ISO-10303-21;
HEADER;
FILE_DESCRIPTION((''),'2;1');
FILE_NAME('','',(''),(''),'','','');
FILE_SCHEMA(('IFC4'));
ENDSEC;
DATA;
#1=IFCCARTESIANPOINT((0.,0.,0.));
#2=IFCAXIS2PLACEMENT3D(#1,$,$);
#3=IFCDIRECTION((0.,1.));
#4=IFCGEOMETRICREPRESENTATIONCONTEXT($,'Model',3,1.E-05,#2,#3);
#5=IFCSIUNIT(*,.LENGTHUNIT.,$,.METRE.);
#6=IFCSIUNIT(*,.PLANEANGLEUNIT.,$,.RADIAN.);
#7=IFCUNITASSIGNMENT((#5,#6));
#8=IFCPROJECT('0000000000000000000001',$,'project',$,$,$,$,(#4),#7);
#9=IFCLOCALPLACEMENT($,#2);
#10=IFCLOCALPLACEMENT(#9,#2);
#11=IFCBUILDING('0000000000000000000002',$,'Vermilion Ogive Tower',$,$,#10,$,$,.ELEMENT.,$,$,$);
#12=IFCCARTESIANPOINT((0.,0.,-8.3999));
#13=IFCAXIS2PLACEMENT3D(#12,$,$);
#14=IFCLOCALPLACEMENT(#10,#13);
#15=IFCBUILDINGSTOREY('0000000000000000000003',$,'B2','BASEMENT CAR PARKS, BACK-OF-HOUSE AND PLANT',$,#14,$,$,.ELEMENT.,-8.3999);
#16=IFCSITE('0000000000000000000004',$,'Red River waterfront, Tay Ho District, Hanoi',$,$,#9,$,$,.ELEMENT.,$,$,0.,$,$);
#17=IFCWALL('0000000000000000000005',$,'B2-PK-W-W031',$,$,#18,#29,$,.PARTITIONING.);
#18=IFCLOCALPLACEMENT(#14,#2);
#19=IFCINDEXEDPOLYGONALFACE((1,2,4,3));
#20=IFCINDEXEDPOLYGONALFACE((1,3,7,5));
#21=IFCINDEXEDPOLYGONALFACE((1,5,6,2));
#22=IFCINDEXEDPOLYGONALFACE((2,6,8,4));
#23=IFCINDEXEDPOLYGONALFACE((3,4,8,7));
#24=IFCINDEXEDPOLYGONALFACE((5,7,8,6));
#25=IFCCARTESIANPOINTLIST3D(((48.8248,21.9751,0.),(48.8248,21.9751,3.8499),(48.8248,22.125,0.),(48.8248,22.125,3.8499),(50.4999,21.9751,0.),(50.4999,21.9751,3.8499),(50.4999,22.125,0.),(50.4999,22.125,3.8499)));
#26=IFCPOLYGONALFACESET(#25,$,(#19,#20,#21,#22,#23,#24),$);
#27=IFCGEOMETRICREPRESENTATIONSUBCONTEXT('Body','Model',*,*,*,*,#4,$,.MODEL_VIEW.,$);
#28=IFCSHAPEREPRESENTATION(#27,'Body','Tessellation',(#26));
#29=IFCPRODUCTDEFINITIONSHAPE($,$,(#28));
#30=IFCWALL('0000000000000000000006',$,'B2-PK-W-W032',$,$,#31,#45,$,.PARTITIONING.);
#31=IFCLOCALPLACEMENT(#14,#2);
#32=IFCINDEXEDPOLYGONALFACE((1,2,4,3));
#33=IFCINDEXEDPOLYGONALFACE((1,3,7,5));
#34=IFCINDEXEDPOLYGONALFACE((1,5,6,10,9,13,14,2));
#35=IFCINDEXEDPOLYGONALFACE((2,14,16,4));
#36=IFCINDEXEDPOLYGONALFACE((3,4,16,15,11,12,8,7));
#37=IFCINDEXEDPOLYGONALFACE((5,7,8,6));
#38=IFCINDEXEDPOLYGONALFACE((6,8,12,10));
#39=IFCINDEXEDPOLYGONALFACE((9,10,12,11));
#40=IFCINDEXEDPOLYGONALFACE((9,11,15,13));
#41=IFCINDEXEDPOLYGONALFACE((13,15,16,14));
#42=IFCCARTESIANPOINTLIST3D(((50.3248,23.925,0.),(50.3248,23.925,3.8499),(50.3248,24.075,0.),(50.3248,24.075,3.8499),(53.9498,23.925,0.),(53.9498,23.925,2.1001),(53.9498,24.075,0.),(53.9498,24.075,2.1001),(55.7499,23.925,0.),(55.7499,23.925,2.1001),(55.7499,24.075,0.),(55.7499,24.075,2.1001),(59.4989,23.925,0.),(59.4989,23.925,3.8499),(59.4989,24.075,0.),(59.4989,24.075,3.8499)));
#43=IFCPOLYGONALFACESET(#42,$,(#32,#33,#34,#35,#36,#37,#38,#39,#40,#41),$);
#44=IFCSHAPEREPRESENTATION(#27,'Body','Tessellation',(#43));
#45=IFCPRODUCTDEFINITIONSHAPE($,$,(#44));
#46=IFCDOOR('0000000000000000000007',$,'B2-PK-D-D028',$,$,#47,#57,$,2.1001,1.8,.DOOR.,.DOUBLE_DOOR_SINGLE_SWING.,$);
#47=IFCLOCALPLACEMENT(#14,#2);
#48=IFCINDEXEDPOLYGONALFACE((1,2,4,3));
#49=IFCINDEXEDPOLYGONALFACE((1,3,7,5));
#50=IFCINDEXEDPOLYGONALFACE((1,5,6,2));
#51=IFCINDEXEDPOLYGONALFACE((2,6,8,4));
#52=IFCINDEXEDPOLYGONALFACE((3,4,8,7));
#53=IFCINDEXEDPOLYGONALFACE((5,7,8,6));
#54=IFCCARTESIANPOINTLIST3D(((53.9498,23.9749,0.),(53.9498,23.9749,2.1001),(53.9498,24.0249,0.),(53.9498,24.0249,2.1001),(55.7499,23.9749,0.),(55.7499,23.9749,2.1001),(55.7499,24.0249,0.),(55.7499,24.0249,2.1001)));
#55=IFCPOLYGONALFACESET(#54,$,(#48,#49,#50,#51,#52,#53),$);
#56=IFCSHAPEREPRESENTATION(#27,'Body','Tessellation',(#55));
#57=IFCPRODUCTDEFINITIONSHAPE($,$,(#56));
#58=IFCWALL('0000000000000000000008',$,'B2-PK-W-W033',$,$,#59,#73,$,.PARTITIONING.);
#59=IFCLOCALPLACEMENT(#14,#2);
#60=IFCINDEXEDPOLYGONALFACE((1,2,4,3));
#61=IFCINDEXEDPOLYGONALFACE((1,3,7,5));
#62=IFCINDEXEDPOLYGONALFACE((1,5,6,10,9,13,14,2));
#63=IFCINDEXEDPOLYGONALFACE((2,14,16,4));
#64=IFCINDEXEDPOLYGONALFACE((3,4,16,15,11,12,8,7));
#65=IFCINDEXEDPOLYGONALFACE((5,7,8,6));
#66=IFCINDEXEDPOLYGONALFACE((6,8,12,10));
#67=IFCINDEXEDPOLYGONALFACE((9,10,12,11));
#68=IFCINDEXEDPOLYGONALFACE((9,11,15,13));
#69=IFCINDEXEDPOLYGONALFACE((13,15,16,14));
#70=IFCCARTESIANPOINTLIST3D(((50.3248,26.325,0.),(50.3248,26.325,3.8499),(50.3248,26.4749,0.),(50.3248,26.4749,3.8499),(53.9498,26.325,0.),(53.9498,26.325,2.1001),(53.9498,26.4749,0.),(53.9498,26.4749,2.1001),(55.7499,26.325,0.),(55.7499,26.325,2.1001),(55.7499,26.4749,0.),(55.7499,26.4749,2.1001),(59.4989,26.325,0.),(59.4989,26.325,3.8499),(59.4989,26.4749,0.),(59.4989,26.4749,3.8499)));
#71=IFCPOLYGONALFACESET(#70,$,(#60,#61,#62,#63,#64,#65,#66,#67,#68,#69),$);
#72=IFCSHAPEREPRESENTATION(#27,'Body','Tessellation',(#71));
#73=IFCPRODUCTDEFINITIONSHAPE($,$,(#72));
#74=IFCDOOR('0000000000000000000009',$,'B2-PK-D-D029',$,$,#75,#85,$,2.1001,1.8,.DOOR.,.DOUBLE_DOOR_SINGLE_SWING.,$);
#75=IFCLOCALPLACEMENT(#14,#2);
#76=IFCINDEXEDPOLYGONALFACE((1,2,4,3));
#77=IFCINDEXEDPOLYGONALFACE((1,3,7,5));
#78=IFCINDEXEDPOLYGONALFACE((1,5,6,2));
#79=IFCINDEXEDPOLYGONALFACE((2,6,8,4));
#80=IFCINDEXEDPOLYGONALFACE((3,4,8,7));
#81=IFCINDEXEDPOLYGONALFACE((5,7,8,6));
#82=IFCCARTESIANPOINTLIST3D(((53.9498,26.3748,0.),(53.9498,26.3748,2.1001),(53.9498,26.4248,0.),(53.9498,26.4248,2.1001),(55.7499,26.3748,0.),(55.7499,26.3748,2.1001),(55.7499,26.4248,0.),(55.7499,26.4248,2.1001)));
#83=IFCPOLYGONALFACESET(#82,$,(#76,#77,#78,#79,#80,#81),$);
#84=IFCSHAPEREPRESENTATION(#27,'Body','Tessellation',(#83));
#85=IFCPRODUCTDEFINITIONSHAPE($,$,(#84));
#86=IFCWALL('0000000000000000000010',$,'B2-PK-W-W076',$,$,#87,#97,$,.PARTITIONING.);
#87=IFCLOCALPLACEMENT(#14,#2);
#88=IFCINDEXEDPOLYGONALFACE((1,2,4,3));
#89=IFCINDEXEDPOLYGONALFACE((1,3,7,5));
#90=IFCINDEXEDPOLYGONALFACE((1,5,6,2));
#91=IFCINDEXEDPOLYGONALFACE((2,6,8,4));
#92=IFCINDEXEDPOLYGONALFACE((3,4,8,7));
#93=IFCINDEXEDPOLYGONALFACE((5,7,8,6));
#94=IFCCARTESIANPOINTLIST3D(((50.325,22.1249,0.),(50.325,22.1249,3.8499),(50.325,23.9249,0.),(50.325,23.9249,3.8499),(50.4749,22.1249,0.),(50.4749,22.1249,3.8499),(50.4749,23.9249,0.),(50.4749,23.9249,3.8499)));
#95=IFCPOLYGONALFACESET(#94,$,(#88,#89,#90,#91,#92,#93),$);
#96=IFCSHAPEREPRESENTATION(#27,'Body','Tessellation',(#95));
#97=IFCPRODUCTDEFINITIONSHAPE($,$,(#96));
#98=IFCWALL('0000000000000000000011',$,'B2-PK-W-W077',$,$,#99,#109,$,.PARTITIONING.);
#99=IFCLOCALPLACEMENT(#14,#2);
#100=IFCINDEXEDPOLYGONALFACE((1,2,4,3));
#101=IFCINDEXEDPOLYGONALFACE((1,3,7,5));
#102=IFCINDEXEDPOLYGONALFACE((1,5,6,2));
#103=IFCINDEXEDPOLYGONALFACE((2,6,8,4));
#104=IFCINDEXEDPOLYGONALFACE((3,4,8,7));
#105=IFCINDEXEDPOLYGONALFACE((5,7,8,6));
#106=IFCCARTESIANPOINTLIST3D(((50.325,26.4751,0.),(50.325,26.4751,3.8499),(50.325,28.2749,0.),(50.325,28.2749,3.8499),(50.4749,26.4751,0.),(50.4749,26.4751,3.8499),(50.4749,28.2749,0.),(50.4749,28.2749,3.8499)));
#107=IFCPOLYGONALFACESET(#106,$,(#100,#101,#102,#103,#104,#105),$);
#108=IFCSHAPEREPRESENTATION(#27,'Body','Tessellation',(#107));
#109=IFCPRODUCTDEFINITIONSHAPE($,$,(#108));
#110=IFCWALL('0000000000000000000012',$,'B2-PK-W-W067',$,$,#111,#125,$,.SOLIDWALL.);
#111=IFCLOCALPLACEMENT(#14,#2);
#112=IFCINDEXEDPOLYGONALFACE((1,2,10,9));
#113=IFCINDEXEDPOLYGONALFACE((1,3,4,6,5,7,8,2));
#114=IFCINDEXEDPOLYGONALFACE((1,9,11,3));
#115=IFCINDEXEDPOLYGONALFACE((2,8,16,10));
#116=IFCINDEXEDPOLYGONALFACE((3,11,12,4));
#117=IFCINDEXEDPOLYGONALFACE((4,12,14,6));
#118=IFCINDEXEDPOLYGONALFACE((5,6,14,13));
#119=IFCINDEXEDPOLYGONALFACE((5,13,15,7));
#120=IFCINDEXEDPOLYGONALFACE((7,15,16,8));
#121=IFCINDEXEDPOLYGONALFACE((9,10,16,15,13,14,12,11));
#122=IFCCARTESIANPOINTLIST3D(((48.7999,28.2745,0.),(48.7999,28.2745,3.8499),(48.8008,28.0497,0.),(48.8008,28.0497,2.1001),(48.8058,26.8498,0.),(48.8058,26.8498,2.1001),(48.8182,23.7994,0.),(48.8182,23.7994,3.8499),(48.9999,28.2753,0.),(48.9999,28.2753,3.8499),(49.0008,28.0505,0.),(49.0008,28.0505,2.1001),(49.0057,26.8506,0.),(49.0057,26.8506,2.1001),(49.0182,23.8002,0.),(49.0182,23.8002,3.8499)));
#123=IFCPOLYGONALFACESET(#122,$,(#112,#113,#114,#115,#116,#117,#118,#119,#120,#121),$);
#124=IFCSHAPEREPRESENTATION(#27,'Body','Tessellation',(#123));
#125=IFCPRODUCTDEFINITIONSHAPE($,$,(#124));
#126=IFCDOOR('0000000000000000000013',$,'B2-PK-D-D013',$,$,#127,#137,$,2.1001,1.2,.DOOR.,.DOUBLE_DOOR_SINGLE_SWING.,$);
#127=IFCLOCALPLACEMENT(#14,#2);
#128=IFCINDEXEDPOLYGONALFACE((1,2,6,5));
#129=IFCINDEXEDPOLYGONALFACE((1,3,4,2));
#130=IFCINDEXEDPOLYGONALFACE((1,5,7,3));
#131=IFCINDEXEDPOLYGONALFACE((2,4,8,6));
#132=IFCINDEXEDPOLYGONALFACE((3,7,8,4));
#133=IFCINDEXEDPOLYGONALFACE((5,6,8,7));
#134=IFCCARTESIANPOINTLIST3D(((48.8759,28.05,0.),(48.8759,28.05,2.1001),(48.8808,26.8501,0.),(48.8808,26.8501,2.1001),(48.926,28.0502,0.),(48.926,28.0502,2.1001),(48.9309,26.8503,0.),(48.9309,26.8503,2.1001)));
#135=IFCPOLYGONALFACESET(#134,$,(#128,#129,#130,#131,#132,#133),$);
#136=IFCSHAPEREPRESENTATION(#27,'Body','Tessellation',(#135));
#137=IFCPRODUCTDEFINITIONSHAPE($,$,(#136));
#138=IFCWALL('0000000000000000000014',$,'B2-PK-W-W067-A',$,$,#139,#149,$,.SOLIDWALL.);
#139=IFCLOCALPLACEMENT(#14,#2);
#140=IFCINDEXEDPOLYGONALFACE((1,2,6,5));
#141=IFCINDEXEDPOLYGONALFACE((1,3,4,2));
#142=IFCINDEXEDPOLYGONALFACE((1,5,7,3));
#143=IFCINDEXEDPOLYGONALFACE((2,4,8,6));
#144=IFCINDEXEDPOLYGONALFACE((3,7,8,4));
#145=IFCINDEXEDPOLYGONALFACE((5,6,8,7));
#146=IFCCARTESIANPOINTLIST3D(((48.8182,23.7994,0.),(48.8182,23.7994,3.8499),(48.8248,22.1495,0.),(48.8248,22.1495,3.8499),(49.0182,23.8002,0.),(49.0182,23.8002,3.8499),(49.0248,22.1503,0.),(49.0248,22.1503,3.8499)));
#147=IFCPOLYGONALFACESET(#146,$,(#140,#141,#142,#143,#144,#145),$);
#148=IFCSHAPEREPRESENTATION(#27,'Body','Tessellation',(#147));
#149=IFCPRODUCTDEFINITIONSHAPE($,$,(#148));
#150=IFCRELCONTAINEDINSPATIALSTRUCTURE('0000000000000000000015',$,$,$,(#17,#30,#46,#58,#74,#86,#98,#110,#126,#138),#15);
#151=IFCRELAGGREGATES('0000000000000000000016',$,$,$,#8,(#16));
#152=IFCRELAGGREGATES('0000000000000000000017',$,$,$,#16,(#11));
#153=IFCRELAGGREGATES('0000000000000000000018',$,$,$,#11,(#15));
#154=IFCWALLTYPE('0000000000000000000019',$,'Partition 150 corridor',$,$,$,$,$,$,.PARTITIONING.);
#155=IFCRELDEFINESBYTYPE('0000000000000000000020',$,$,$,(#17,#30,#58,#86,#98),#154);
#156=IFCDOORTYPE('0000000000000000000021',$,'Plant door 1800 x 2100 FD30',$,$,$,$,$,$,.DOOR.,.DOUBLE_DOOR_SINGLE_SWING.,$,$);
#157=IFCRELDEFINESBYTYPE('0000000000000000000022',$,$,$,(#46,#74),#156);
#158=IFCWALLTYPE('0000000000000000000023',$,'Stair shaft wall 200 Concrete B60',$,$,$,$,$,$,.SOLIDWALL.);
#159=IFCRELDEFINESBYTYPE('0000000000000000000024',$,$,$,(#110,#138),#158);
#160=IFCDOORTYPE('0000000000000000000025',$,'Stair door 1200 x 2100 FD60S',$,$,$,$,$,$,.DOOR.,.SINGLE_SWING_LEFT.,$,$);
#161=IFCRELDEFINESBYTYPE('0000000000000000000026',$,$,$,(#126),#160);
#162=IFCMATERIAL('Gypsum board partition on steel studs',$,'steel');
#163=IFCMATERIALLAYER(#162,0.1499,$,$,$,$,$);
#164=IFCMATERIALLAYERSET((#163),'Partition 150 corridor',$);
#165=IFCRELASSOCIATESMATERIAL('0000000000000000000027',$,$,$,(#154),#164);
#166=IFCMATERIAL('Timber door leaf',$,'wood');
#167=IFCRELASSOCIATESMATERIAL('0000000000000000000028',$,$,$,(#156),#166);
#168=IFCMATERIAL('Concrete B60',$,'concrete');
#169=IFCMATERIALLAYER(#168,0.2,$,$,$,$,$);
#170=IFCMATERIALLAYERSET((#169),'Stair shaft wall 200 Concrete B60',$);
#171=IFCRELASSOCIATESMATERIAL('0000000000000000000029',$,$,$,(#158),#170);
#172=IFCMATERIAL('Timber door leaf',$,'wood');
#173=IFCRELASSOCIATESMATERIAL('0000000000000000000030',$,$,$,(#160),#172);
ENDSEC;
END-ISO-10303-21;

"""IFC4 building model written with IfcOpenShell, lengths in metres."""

from ifc_helpers import new_model, si_unit, direction, frame, frame_2d, origin, place, context, subcontext, project, spatial, rectangle, extrude, material, layer, layer_set, type_object, element, fill, save


model = new_model("IFC4")

# Units and contexts
model_context = context("Model", 3, precision=1e-05, world=origin(), true_north=direction((0.0, 1.0)))
body_context = subcontext(model_context, "Body", "Model", "MODEL_VIEW")
ifc_project = project(units=[si_unit("LENGTHUNIT", "METRE"), si_unit("PLANEANGLEUNIT", "RADIAN")], contexts=[model_context])

# Site, building, storey
site_placement = place(None, origin())
site = spatial("IfcSite", under=ifc_project, at=site_placement, Name="Red River waterfront, Tay Ho District, Hanoi", CompositionType="ELEMENT", RefElevation=0.0)
building_placement = place(site_placement, origin())
building = spatial("IfcBuilding", under=site, at=building_placement, Name="Vermilion Ogive Tower", CompositionType="ELEMENT")
storey_placement = place(building_placement, frame((0.0, 0.0, -8.3999)))
storey = spatial("IfcBuildingStorey", under=building, at=storey_placement, Name="B2", Description="BASEMENT CAR PARKS, BACK-OF-HOUSE AND PLANT", CompositionType="ELEMENT", Elevation=-8.3999)

# Wall
ifc_material_1 = material(Name="Gypsum board partition on steel studs", Category="steel")
ifc_layer_1 = layer(ifc_material_1, 0.1499)
ifc_layer_set_1 = layer_set([ifc_layer_1], Name="Partition 150 corridor")
wall_type_1 = type_object("IfcWallType", Name="Partition 150 corridor", PredefinedType="PARTITIONING", material=ifc_layer_set_1)
wall_1_placement = place(storey_placement, frame((48.825, 22.05, 0.0), z_axis=(0.0, 0.0, 1.0), x_axis=(1.0, 0.0, 0.0)))
element("IfcWall", 1, at=wall_1_placement, inside=storey, type_object=wall_type_1, Name="B2-PK-W-W031", PredefinedType="PARTITIONING", context=body_context, shape_type="SweptSolid", body=[
    extrude(rectangle(XDim=1.675, YDim=0.1499, at=frame_2d((0.8374, 0.0))), origin(), (0.0, 0.0, 1.0), 3.8499),
])

# Walls, openings, doors
wall_2_placement = place(storey_placement, frame((50.325, 24.0, 0.0), z_axis=(0.0, 0.0, 1.0), x_axis=(1.0, 0.0, 0.0)))
wall_2 = element("IfcWall", 2, at=wall_2_placement, inside=storey, type_object=wall_type_1, Name="B2-PK-W-W032", PredefinedType="PARTITIONING", context=body_context, shape_type="SweptSolid", body=[
    extrude(rectangle(XDim=9.1741, YDim=0.1499, at=frame_2d((4.5869, 0.0))), origin(), (0.0, 0.0, 1.0), 3.8499),
])
opening_1_placement = place(wall_2_placement, frame((3.625, 0.0, 0.0)))
opening_1 = element("IfcOpeningElement", 3, at=opening_1_placement, cuts=wall_2, PredefinedType="OPENING", context=body_context, shape_type="SweptSolid", body=[
    extrude(rectangle(XDim=1.8, YDim=2.1001, at=frame_2d((0.8999, 1.05))), frame((0.0, 0.085, 0.0), z_axis=(0.0, -1.0, 0.0), x_axis=(1.0, 0.0, 0.0)), (0.0, 0.0, 1.0), 0.1699),
])
ifc_material_2 = material(Name="Timber door leaf", Category="wood")
door_type_1 = type_object("IfcDoorType", Name="Plant door 1800 x 2100 FD30", OperationType="DOUBLE_DOOR_SINGLE_SWING", PredefinedType="DOOR", material=ifc_material_2)
door_1_placement = place(opening_1_placement, origin())
door_1 = element("IfcDoor", 4, at=door_1_placement, inside=storey, type_object=door_type_1, Name="B2-PK-D-D028", OperationType="DOUBLE_DOOR_SINGLE_SWING", OverallHeight=2.1001, OverallWidth=1.8, PredefinedType="DOOR", context=body_context, shape_type="SweptSolid", body=[
    extrude(rectangle(XDim=1.8, YDim=2.1001, at=frame_2d((0.8999, 1.05))), frame((0.0, 0.0249, 0.0), z_axis=(0.0, -1.0, 0.0), x_axis=(1.0, 0.0, 0.0)), (0.0, 0.0, 1.0), 0.05),
])
fill(opening_1, door_1)
wall_3_placement = place(storey_placement, frame((50.325, 26.3999, 0.0), z_axis=(0.0, 0.0, 1.0), x_axis=(1.0, 0.0, 0.0)))
wall_3 = element("IfcWall", 5, at=wall_3_placement, inside=storey, type_object=wall_type_1, Name="B2-PK-W-W033", PredefinedType="PARTITIONING", context=body_context, shape_type="SweptSolid", body=[
    extrude(rectangle(XDim=9.1741, YDim=0.1499, at=frame_2d((4.5869, 0.0))), origin(), (0.0, 0.0, 1.0), 3.8499),
])
opening_2_placement = place(wall_3_placement, frame((3.625, 0.0, 0.0)))
opening_2 = element("IfcOpeningElement", 6, at=opening_2_placement, cuts=wall_3, PredefinedType="OPENING", context=body_context, shape_type="SweptSolid", body=[
    extrude(rectangle(XDim=1.8, YDim=2.1001, at=frame_2d((0.8999, 1.05))), frame((0.0, 0.085, 0.0), z_axis=(0.0, -1.0, 0.0), x_axis=(1.0, 0.0, 0.0)), (0.0, 0.0, 1.0), 0.1699),
])
door_2_placement = place(opening_2_placement, origin())
door_2 = element("IfcDoor", 7, at=door_2_placement, inside=storey, type_object=door_type_1, Name="B2-PK-D-D029", OperationType="DOUBLE_DOOR_SINGLE_SWING", OverallHeight=2.1001, OverallWidth=1.8, PredefinedType="DOOR", context=body_context, shape_type="SweptSolid", body=[
    extrude(rectangle(XDim=1.8, YDim=2.1001, at=frame_2d((0.8999, 1.05))), frame((0.0, 0.0249, 0.0), z_axis=(0.0, -1.0, 0.0), x_axis=(1.0, 0.0, 0.0)), (0.0, 0.0, 1.0), 0.05),
])
fill(opening_2, door_2)

# Walls
wall_4_placement = place(storey_placement, frame((50.3999, 22.125, 0.0), z_axis=(0.0, 0.0, 1.0), x_axis=(0.0, 1.0, 0.0)))
element("IfcWall", 8, at=wall_4_placement, inside=storey, type_object=wall_type_1, Name="B2-PK-W-W076", PredefinedType="PARTITIONING", context=body_context, shape_type="SweptSolid", body=[
    extrude(rectangle(XDim=1.8, YDim=0.1499, at=frame_2d((0.8999, 0.0))), origin(), (0.0, 0.0, 1.0), 3.8499),
])
wall_5_placement = place(storey_placement, frame((50.3999, 26.4751, 0.0), z_axis=(0.0, 0.0, 1.0), x_axis=(0.0, 1.0, 0.0)))
element("IfcWall", 9, at=wall_5_placement, inside=storey, type_object=wall_type_1, Name="B2-PK-W-W077", PredefinedType="PARTITIONING", context=body_context, shape_type="SweptSolid", body=[
    extrude(rectangle(XDim=1.7998, YDim=0.1499, at=frame_2d((0.8999, 0.0))), origin(), (0.0, 0.0, 1.0), 3.8499),
])

# Wall, opening, door
ifc_material_3 = material(Name="Concrete B60", Category="concrete")
ifc_layer_2 = layer(ifc_material_3, 0.2)
ifc_layer_set_2 = layer_set([ifc_layer_2], Name="Stair shaft wall 200 Concrete B60")
wall_type_2 = type_object("IfcWallType", Name="Stair shaft wall 200 Concrete B60", PredefinedType="SOLIDWALL", material=ifc_layer_set_2)
wall_6_placement = place(storey_placement, frame((48.9182, 23.7998, 0.0), z_axis=(0.0, 0.0, 1.0), x_axis=(-0.004092, 0.999992, 0.0)))
wall_6 = element("IfcWall", 10, at=wall_6_placement, inside=storey, type_object=wall_type_2, Name="B2-PK-W-W067", PredefinedType="SOLIDWALL", context=body_context, shape_type="SweptSolid", body=[
    extrude(rectangle(XDim=4.4751, YDim=0.2, at=frame_2d((2.2375, 0.0))), origin(), (0.0, 0.0, 1.0), 3.8499),
])
opening_3_placement = place(wall_6_placement, frame((3.0503, 0.0, 0.0)))
opening_3 = element("IfcOpeningElement", 11, at=opening_3_placement, cuts=wall_6, PredefinedType="OPENING", context=body_context, shape_type="SweptSolid", body=[
    extrude(rectangle(XDim=1.2, YDim=2.1001, at=frame_2d((0.6001, 1.05))), frame((0.0, 0.1099, 0.0), z_axis=(0.0, -1.0, 0.0), x_axis=(1.0, 0.0, 0.0)), (0.0, 0.0, 1.0), 0.22),
])
ifc_material_4 = material(Name="Timber door leaf", Category="wood")
door_type_2 = type_object("IfcDoorType", Name="Stair door 1200 x 2100 FD60S", OperationType="SINGLE_SWING_LEFT", PredefinedType="DOOR", material=ifc_material_4)
door_3_placement = place(opening_3_placement, origin())
door_3 = element("IfcDoor", 12, at=door_3_placement, inside=storey, type_object=door_type_2, Name="B2-PK-D-D013", OperationType="DOUBLE_DOOR_SINGLE_SWING", OverallHeight=2.1001, OverallWidth=1.2, PredefinedType="DOOR", context=body_context, shape_type="SweptSolid", body=[
    extrude(rectangle(XDim=1.2, YDim=2.1001, at=frame_2d((0.6001, 1.05))), frame((0.0, 0.0249, 0.0), z_axis=(0.0, -1.0, 0.0), x_axis=(1.0, 0.0, 0.0)), (0.0, 0.0, 1.0), 0.05),
])
fill(opening_3, door_3)

# Wall
wall_7_placement = place(storey_placement, frame((48.9248, 22.1499, 0.0), z_axis=(0.0, 0.0, 1.0), x_axis=(-0.003995, 0.999992, 0.0)))
element("IfcWall", 13, at=wall_7_placement, inside=storey, type_object=wall_type_2, Name="B2-PK-W-W067-A", PredefinedType="SOLIDWALL", context=body_context, shape_type="SweptSolid", body=[
    extrude(rectangle(XDim=1.6499, YDim=0.2, at=frame_2d((0.825, 0.0))), origin(), (0.0, 0.0, 1.0), 3.8499),
])

save(model, "model.ifc")
